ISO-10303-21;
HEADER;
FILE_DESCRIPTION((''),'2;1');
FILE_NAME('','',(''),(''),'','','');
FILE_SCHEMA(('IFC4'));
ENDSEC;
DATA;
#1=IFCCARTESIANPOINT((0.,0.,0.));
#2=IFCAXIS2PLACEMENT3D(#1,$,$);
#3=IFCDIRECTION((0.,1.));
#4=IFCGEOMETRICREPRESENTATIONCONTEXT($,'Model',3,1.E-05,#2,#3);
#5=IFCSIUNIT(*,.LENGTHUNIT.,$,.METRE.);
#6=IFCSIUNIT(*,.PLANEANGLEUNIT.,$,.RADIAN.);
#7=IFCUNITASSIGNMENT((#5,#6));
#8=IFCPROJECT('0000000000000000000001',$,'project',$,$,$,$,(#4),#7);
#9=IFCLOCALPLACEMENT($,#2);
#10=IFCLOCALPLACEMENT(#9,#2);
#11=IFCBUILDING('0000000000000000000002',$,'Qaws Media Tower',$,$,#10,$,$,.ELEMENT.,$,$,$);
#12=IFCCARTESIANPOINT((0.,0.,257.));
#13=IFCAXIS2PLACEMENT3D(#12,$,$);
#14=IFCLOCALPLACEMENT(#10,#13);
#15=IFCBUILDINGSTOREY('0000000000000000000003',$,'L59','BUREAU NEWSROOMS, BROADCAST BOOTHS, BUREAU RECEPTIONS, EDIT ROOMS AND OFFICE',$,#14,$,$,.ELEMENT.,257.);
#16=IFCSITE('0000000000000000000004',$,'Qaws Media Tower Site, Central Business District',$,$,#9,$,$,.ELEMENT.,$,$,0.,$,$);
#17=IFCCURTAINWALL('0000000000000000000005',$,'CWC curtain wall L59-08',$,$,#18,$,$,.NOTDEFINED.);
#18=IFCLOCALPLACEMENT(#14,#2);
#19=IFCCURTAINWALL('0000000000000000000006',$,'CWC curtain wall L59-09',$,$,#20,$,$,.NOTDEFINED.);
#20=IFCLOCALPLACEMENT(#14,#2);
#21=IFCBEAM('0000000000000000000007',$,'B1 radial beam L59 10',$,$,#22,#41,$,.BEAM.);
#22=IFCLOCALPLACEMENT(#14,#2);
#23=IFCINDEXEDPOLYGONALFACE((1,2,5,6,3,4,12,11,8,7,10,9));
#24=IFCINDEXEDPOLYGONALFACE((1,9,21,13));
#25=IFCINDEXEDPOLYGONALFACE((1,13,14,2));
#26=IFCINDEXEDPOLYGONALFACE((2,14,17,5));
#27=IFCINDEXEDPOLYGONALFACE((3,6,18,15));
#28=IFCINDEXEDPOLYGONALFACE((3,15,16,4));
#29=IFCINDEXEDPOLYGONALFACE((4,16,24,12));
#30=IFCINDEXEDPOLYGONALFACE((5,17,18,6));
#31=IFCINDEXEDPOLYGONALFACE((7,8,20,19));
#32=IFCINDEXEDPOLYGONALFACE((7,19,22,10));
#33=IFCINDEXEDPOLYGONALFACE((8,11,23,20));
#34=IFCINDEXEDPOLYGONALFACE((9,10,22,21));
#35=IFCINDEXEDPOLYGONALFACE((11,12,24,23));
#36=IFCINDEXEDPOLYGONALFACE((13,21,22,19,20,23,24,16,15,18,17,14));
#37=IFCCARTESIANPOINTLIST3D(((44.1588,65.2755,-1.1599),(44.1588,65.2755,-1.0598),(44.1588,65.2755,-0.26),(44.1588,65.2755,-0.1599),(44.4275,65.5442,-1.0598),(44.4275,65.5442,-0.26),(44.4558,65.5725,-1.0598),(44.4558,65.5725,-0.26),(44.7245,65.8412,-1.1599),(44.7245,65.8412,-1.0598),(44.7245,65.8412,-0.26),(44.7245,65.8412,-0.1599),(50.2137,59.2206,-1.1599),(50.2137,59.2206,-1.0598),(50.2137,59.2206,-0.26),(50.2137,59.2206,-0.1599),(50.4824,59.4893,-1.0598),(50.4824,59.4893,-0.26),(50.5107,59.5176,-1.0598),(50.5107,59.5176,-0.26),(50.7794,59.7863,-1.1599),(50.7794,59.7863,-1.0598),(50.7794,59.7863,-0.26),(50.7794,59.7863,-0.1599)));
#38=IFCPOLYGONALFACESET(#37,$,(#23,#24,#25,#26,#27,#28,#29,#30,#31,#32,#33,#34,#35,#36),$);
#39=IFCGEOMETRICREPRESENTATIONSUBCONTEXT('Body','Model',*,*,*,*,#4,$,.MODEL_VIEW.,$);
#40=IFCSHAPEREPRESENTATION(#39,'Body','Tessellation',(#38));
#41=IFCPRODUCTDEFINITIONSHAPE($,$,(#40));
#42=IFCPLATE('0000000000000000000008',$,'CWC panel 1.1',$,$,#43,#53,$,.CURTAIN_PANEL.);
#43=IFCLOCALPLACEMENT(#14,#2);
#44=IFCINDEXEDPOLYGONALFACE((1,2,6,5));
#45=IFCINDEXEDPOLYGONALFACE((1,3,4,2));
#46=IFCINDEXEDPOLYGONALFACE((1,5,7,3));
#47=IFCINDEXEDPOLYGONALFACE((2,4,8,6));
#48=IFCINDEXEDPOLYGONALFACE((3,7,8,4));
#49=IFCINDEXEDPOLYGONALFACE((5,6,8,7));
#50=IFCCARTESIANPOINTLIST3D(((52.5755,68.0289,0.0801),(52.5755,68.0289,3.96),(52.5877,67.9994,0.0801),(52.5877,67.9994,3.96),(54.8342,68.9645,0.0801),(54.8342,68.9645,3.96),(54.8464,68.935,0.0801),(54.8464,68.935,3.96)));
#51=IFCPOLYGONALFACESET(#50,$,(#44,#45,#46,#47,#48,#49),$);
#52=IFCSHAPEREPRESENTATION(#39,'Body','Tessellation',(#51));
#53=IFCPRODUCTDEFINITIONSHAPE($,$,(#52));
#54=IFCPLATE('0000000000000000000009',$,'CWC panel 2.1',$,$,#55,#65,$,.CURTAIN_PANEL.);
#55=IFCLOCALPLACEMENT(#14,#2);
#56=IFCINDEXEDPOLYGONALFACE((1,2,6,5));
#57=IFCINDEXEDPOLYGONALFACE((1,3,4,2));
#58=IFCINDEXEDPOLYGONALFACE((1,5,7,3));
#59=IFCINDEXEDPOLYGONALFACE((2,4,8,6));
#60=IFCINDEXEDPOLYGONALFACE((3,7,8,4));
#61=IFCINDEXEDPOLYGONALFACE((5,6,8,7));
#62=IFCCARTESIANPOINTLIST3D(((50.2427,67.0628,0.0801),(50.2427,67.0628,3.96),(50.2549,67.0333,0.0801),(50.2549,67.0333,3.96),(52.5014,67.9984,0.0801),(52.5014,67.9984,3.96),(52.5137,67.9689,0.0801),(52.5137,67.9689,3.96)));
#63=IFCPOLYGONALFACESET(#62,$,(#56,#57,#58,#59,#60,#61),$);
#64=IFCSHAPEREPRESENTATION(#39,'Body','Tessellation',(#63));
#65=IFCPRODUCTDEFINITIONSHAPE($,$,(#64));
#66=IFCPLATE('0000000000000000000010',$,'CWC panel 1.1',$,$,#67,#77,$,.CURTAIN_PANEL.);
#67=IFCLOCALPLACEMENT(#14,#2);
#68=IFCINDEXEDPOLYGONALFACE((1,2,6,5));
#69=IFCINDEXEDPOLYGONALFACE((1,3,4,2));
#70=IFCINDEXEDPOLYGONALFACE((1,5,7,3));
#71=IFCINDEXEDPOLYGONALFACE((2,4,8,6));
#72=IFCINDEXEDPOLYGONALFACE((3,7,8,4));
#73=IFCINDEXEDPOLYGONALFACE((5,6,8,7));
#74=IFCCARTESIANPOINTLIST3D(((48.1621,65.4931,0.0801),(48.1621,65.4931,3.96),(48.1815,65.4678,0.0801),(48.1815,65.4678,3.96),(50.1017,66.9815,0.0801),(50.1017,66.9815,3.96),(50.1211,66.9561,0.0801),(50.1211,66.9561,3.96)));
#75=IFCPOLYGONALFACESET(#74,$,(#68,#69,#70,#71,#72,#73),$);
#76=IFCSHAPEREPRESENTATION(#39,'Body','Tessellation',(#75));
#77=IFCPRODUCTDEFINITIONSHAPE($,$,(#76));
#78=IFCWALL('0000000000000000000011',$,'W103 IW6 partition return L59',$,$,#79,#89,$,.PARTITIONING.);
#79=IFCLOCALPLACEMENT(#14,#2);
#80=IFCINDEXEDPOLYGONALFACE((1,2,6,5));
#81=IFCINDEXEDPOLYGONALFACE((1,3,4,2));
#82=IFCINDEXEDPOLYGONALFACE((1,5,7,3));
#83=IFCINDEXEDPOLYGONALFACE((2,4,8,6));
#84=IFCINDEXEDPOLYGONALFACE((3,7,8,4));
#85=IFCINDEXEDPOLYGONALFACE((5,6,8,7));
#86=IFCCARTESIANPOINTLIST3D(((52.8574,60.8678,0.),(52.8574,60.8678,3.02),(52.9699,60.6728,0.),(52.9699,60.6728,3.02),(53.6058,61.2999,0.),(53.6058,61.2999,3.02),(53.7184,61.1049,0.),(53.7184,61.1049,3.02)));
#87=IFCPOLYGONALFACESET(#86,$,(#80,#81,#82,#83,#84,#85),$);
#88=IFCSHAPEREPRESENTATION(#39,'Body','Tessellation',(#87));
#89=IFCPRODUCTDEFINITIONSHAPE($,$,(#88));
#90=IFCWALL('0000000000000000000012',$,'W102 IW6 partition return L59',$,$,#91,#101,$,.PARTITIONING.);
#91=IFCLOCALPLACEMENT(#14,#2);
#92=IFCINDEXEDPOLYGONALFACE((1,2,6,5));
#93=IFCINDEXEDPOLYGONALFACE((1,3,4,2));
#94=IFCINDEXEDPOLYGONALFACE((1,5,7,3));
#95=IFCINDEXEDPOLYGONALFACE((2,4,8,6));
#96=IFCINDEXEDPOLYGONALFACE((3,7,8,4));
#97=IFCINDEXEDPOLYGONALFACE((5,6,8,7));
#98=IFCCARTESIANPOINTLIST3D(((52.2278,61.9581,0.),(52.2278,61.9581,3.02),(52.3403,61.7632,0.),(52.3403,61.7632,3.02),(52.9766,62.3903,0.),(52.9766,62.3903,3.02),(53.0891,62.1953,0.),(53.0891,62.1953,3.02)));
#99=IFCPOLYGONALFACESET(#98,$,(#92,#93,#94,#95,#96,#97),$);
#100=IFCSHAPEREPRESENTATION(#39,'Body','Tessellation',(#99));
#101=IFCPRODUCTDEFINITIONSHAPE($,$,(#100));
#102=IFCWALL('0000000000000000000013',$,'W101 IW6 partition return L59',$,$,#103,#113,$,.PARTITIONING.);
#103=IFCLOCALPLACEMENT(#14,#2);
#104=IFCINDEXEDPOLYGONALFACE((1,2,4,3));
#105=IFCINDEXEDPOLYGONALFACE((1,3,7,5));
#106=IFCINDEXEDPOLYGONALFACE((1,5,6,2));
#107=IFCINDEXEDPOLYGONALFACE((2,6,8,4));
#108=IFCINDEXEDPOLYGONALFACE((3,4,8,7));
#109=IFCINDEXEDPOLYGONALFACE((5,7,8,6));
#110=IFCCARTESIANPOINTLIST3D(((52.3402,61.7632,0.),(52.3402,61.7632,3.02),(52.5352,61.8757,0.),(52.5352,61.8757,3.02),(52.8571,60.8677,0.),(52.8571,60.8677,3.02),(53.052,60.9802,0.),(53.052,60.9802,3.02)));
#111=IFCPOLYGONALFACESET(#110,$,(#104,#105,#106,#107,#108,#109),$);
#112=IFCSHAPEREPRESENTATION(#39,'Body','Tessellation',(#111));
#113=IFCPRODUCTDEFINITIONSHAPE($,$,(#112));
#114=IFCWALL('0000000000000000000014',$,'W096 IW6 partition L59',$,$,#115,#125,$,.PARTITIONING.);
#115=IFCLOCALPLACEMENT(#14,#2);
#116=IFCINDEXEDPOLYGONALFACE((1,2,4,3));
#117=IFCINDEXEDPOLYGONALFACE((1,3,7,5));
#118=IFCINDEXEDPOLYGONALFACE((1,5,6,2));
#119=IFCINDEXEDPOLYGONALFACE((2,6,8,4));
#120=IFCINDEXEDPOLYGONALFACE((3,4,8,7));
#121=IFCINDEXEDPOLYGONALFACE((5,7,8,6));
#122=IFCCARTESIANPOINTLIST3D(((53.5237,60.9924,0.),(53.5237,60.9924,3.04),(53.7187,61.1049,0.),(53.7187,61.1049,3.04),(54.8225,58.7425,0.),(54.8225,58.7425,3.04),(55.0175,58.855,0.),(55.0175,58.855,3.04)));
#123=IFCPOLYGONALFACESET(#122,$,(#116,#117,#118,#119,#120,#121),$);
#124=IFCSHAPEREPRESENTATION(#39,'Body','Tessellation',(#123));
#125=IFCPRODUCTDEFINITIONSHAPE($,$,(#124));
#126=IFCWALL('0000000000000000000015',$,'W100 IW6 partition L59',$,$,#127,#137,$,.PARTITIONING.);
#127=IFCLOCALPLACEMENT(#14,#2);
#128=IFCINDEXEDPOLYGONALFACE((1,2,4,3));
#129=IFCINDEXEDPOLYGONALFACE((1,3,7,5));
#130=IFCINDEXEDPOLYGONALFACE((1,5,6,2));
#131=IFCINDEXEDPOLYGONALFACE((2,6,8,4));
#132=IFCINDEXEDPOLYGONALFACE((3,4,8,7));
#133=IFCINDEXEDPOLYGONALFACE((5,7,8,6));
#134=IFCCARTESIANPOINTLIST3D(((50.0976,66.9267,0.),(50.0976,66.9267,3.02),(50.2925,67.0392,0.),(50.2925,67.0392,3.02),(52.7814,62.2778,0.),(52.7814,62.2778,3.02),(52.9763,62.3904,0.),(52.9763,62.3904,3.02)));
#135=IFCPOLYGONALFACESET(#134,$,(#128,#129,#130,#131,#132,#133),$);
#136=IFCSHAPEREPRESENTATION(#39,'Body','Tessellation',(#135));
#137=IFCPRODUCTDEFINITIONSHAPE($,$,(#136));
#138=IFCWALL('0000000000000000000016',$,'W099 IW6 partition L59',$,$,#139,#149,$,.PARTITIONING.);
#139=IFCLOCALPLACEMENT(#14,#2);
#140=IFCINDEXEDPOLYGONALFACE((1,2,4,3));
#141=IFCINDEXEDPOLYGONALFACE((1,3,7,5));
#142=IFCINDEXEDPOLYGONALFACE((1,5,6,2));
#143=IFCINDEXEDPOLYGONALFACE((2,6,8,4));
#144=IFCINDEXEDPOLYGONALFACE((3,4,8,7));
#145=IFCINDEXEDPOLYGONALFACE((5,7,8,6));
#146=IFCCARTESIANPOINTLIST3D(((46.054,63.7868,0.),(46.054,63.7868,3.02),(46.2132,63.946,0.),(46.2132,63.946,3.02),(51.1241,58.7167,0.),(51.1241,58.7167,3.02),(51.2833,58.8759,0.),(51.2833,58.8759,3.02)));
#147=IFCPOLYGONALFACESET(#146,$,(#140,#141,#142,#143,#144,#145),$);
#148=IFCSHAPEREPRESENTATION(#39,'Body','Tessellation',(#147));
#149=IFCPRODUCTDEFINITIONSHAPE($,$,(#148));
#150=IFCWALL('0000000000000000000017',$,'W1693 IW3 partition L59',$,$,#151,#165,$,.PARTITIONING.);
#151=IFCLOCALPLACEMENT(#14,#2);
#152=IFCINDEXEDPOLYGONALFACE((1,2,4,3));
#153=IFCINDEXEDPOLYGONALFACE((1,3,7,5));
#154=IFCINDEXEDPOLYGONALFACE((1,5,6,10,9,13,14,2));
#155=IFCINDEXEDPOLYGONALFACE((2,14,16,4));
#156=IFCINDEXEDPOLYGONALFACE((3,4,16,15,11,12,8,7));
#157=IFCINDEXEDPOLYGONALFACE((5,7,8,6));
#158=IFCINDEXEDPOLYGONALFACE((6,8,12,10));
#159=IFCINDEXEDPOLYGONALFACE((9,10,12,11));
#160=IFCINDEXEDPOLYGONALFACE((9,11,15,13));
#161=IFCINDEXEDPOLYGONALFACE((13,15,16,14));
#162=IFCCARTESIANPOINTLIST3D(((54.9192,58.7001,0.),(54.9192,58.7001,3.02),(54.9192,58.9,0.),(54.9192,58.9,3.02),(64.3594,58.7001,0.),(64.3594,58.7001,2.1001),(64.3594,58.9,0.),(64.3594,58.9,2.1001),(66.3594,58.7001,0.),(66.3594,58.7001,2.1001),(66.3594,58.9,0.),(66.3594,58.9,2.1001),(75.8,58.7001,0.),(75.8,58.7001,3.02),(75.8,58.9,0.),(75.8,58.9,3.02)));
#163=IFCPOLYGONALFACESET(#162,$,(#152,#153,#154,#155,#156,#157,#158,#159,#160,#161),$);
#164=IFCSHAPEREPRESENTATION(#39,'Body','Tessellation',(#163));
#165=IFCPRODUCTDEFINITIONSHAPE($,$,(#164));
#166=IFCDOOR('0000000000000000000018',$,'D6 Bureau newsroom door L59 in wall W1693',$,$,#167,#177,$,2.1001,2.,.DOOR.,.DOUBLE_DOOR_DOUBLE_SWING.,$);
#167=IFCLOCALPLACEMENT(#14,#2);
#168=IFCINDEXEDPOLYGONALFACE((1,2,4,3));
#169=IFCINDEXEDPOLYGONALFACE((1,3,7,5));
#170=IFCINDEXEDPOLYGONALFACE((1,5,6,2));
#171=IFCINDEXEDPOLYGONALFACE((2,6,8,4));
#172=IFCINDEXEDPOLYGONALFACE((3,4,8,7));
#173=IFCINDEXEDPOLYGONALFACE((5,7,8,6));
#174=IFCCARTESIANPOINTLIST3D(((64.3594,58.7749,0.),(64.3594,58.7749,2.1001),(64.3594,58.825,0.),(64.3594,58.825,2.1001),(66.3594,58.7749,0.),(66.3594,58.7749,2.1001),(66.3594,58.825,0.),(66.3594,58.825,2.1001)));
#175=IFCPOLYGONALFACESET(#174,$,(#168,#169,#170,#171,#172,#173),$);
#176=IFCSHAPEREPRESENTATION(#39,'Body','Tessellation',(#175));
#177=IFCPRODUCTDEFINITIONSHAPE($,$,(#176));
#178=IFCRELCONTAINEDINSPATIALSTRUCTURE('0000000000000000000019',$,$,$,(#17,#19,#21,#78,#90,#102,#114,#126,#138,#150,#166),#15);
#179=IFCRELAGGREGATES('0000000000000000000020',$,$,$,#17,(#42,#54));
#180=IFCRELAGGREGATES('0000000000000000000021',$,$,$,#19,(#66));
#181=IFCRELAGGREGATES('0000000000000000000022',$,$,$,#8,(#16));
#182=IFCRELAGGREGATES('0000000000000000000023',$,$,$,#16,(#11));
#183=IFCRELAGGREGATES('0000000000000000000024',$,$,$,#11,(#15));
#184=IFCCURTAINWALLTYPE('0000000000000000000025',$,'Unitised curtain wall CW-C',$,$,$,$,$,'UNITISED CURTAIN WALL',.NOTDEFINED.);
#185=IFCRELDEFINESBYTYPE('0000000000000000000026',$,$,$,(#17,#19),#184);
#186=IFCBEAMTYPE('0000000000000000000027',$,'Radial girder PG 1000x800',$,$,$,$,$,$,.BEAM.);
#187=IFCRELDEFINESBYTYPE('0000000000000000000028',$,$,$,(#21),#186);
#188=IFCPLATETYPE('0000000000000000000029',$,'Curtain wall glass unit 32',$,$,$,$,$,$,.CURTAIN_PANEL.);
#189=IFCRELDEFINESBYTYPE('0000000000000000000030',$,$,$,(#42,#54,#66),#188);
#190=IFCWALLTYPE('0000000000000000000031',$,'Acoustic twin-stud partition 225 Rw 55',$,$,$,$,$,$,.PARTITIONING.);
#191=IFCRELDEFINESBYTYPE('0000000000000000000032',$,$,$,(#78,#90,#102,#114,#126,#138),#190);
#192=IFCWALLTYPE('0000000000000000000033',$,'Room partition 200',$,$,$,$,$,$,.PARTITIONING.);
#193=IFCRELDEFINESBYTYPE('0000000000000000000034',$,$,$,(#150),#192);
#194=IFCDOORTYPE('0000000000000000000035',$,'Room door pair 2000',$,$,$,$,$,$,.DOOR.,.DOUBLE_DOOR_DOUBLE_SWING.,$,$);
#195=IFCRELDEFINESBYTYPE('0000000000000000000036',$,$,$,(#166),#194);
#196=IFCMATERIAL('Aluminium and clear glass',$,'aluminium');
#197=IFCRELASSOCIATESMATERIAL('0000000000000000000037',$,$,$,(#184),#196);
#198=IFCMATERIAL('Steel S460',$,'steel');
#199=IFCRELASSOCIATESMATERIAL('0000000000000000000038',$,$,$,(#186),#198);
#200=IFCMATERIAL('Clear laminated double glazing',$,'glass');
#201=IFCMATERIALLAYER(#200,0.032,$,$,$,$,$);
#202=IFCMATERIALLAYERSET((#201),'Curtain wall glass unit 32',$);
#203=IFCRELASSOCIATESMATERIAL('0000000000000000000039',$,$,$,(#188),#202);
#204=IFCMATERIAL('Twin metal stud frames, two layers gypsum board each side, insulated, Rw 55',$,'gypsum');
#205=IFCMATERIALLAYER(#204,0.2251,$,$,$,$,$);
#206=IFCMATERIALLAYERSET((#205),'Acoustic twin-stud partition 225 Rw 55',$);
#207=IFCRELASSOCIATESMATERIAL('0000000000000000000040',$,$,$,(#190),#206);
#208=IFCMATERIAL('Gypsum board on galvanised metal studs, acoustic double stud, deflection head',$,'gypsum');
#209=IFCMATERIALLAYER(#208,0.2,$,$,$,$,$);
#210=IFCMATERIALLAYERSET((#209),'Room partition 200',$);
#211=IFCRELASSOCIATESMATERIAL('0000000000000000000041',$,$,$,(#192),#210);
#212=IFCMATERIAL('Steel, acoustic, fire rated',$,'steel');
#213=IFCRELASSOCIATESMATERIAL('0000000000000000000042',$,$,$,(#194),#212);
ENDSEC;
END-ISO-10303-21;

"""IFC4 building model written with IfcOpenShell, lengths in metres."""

from ifc_helpers import new_model, si_unit, direction, frame, frame_2d, origin, origin_2d, place, context, subcontext, project, spatial, rectangle, i_section, extrude, material, layer, layer_set, material_profile, profile_set, type_object, element, fill, aggregate, save


model = new_model("IFC4")

# Units and contexts
model_context = context("Model", 3, precision=1e-05, world=origin(), true_north=direction((0.0, 1.0)))
body_context = subcontext(model_context, "Body", "Model", "MODEL_VIEW")
ifc_project = project(units=[si_unit("LENGTHUNIT", "METRE"), si_unit("PLANEANGLEUNIT", "RADIAN")], contexts=[model_context])

# Site, building, storey
site_placement = place(None, origin())
site = spatial("IfcSite", under=ifc_project, at=site_placement, Name="Qaws Media Tower Site, Central Business District", CompositionType="ELEMENT", RefElevation=0.0)
building_placement = place(site_placement, origin())
building = spatial("IfcBuilding", under=site, at=building_placement, Name="Qaws Media Tower", CompositionType="ELEMENT")
storey_placement = place(building_placement, frame((0.0, 0.0, 257.0)))
storey = spatial("IfcBuildingStorey", under=building, at=storey_placement, Name="L59", Description="BUREAU NEWSROOMS, BROADCAST BOOTHS, BUREAU RECEPTIONS, EDIT ROOMS AND OFFICE", CompositionType="ELEMENT", Elevation=257.0)

# Curtain walls
ifc_material_1 = material(Name="Aluminium and clear glass", Category="aluminium")
curtain_wall_type = type_object("IfcCurtainWallType", Name="Unitised curtain wall CW-C", ElementType="UNITISED CURTAIN WALL", PredefinedType="NOTDEFINED", material=ifc_material_1)
curtain_wall_1_placement = place(storey_placement, origin())
curtain_wall_1 = element("IfcCurtainWall", 1, at=curtain_wall_1_placement, inside=storey, type_object=curtain_wall_type, Name="CWC curtain wall L59-08", PredefinedType="NOTDEFINED")
curtain_wall_2_placement = place(storey_placement, origin())
curtain_wall_2 = element("IfcCurtainWall", 2, at=curtain_wall_2_placement, inside=storey, type_object=curtain_wall_type, Name="CWC curtain wall L59-09", PredefinedType="NOTDEFINED")

# Beam
ifc_material_2 = material(Name="Steel S460", Category="steel")
ifc_material_profile_1 = material_profile(ifc_material_2, i_section(OverallWidth=0.8, OverallDepth=1.0, WebThickness=0.04, FlangeThickness=0.1001, at=origin_2d()), Name="PG 1000x800")
ifc_profile_set_1 = profile_set([ifc_material_profile_1], Name="Steel S460")
beam_type_1 = type_object("IfcBeamType", Name="Radial girder PG 1000x800", PredefinedType="BEAM", material=ifc_profile_set_1)
beam_1_placement = place(storey_placement, frame((50.4966, 59.5034, -0.6599), z_axis=(-0.707107, 0.707107, 0.0), x_axis=(-0.707107, -0.707107, 0.0)))
element("IfcBeam", 3, at=beam_1_placement, inside=storey, type_object=beam_type_1, Name="B1 radial beam L59 10", PredefinedType="BEAM", context=body_context, shape_type="SweptSolid", body=[
    extrude(i_section(OverallWidth=0.8, OverallDepth=1.0, WebThickness=0.04, FlangeThickness=0.1001, at=origin_2d()), origin(), (0.0, 0.0, 1.0), 8.563),
])

# Plates
ifc_material_3 = material(Name="Clear laminated double glazing", Category="glass")
ifc_layer_1 = layer(ifc_material_3, 0.032)
ifc_layer_set_1 = layer_set([ifc_layer_1], Name="Curtain wall glass unit 32")
plate_type = type_object("IfcPlateType", Name="Curtain wall glass unit 32", PredefinedType="CURTAIN_PANEL", material=ifc_layer_set_1)
plate_1_placement = place(storey_placement, frame((53.7109, 68.4819, 0.0801), z_axis=(0.0, 0.0, 1.0), x_axis=(-0.92388, -0.382683, 0.0)))
plate_1 = element("IfcPlate", 4, at=plate_1_placement, type_object=plate_type, Name="CWC panel 1.1", PredefinedType="CURTAIN_PANEL", context=body_context, shape_type="SweptSolid", body=[
    extrude(rectangle(XDim=2.4448, YDim=0.032, at=origin_2d()), origin(), (0.0, 0.0, 1.0), 3.8799),
])
plate_2_placement = place(storey_placement, frame((51.3782, 67.5159, 0.0801), z_axis=(0.0, 0.0, 1.0), x_axis=(-0.92388, -0.382683, 0.0)))
plate_2 = element("IfcPlate", 5, at=plate_2_placement, type_object=plate_type, Name="CWC panel 2.1", PredefinedType="CURTAIN_PANEL", context=body_context, shape_type="SweptSolid", body=[
    extrude(rectangle(XDim=2.4448, YDim=0.032, at=origin_2d()), origin(), (0.0, 0.0, 1.0), 3.8799),
])
aggregate(curtain_wall_1, [plate_1, plate_2])
plate_3_placement = place(storey_placement, frame((49.1416, 66.2246, 0.0801), z_axis=(0.0, 0.0, 1.0), x_axis=(-0.793353, -0.608761, 0.0)))
plate_3 = element("IfcPlate", 6, at=plate_3_placement, type_object=plate_type, Name="CWC panel 1.1", PredefinedType="CURTAIN_PANEL", context=body_context, shape_type="SweptSolid", body=[
    extrude(rectangle(XDim=2.4448, YDim=0.032, at=origin_2d()), origin(), (0.0, 0.0, 1.0), 3.8799),
])
aggregate(curtain_wall_2, [plate_3])

# Walls
ifc_material_4 = material(Name="Twin metal stud frames, two layers gypsum board each side, insulated, Rw 55", Category="gypsum")
ifc_layer_2 = layer(ifc_material_4, 0.2251)
ifc_layer_set_2 = layer_set([ifc_layer_2], Name="Acoustic twin-stud partition 225 Rw 55")
wall_type_1 = type_object("IfcWallType", Name="Acoustic twin-stud partition 225 Rw 55", PredefinedType="PARTITIONING", material=ifc_layer_set_2)
wall_1_placement = place(storey_placement, frame((53.6621, 61.2024, 0.0), z_axis=(0.0, 0.0, 1.0), x_axis=(-0.866044, -0.499967, 0.0)))
element("IfcWall", 7, at=wall_1_placement, inside=storey, type_object=wall_type_1, Name="W103 IW6 partition return L59", PredefinedType="PARTITIONING", context=body_context, shape_type="SweptSolid", body=[
    extrude(rectangle(XDim=0.8643, YDim=0.2251, at=frame_2d((0.4321, 0.0))), origin(), (0.0, 0.0, 1.0), 3.02),
])
wall_2_placement = place(storey_placement, frame((53.0327, 62.2927, 0.0), z_axis=(0.0, 0.0, 1.0), x_axis=(-0.866115, -0.499845, 0.0)))
element("IfcWall", 8, at=wall_2_placement, inside=storey, type_object=wall_type_1, Name="W102 IW6 partition return L59", PredefinedType="PARTITIONING", context=body_context, shape_type="SweptSolid", body=[
    extrude(rectangle(XDim=0.8645, YDim=0.2251, at=frame_2d((0.4321, 0.0))), origin(), (0.0, 0.0, 1.0), 3.02),
])
wall_3_placement = place(storey_placement, frame((52.9546, 60.9238, 0.0), z_axis=(0.0, 0.0, 1.0), x_axis=(-0.499872, 0.866099, 0.0)))
element("IfcWall", 9, at=wall_3_placement, inside=storey, type_object=wall_type_1, Name="W101 IW6 partition return L59", PredefinedType="PARTITIONING", context=body_context, shape_type="SweptSolid", body=[
    extrude(rectangle(XDim=1.0339, YDim=0.2251, at=frame_2d((0.5171, 0.0))), origin(), (0.0, 0.0, 1.0), 3.02),
])
wall_4_placement = place(storey_placement, frame((54.9199, 58.7988, 0.0), z_axis=(0.0, 0.0, 1.0), x_axis=(-0.499939, 0.86606, 0.0)))
element("IfcWall", 10, at=wall_4_placement, inside=storey, type_object=wall_type_1, Name="W096 IW6 partition L59", PredefinedType="PARTITIONING", context=body_context, shape_type="SweptSolid", body=[
    extrude(rectangle(XDim=2.5979, YDim=0.2251, at=frame_2d((1.2988, 0.0))), origin(), (0.0, 0.0, 1.0), 3.04),
])
wall_5_placement = place(storey_placement, frame((52.8789, 62.334, 0.0), z_axis=(0.0, 0.0, 1.0), x_axis=(-0.499969, 0.866043, 0.0)))
element("IfcWall", 11, at=wall_5_placement, inside=storey, type_object=wall_type_1, Name="W100 IW6 partition L59", PredefinedType="PARTITIONING", context=body_context, shape_type="SweptSolid", body=[
    extrude(rectangle(XDim=5.3679, YDim=0.2251, at=frame_2d((2.6841, 0.0))), origin(), (0.0, 0.0, 1.0), 3.02),
])
wall_6_placement = place(storey_placement, frame((51.2036, 58.7964, 0.0), z_axis=(0.0, 0.0, 1.0), x_axis=(-0.707107, 0.707107, 0.0)))
element("IfcWall", 12, at=wall_6_placement, inside=storey, type_object=wall_type_1, Name="W099 IW6 partition L59", PredefinedType="PARTITIONING", context=body_context, shape_type="SweptSolid", body=[
    extrude(rectangle(XDim=7.1702, YDim=0.2251, at=frame_2d((3.585, 0.0))), origin(), (0.0, 0.0, 1.0), 3.02),
])

# Wall, opening, door
ifc_material_5 = material(Name="Gypsum board on galvanised metal studs, acoustic double stud, deflection head", Category="gypsum")
ifc_layer_3 = layer(ifc_material_5, 0.2)
ifc_layer_set_3 = layer_set([ifc_layer_3], Name="Room partition 200")
wall_type_2 = type_object("IfcWallType", Name="Room partition 200", PredefinedType="PARTITIONING", material=ifc_layer_set_3)
wall_7_placement = place(storey_placement, frame((54.9192, 58.8, 0.0), z_axis=(0.0, 0.0, 1.0), x_axis=(1.0, 0.0, 0.0)))
wall_7 = element("IfcWall", 13, at=wall_7_placement, inside=storey, type_object=wall_type_2, Name="W1693 IW3 partition L59", PredefinedType="PARTITIONING", context=body_context, shape_type="SweptSolid", body=[
    extrude(rectangle(XDim=20.8809, YDim=0.2, at=frame_2d((10.4404, 0.0))), origin(), (0.0, 0.0, 1.0), 3.02),
])
opening_1_placement = place(wall_7_placement, frame((9.4402, 0.0, 0.0)))
opening_1 = element("IfcOpeningElement", 14, at=opening_1_placement, cuts=wall_7, PredefinedType="OPENING", context=body_context, shape_type="SweptSolid", body=[
    extrude(rectangle(XDim=2.0, YDim=2.1001, at=frame_2d((1.0, 1.05))), frame((0.0, 0.1099, 0.0), z_axis=(0.0, -1.0, 0.0), x_axis=(1.0, 0.0, 0.0)), (0.0, 0.0, 1.0), 0.22),
])
ifc_material_6 = material(Name="Steel, acoustic, fire rated", Category="steel")
door_type_1 = type_object("IfcDoorType", Name="Room door pair 2000", OperationType="DOUBLE_DOOR_DOUBLE_SWING", PredefinedType="DOOR", material=ifc_material_6)
door_1_placement = place(opening_1_placement, origin())
door_1 = element("IfcDoor", 15, at=door_1_placement, inside=storey, type_object=door_type_1, Name="D6 Bureau newsroom door L59 in wall W1693", OperationType="DOUBLE_DOOR_DOUBLE_SWING", OverallHeight=2.1001, OverallWidth=2.0, PredefinedType="DOOR", context=body_context, shape_type="SweptSolid", body=[
    extrude(rectangle(XDim=2.0, YDim=2.1001, at=frame_2d((1.0, 1.05))), frame((0.0, 0.0249, 0.0), z_axis=(0.0, -1.0, 0.0), x_axis=(1.0, 0.0, 0.0)), (0.0, 0.0, 1.0), 0.05),
])
fill(opening_1, door_1)

save(model, "model.ifc")
